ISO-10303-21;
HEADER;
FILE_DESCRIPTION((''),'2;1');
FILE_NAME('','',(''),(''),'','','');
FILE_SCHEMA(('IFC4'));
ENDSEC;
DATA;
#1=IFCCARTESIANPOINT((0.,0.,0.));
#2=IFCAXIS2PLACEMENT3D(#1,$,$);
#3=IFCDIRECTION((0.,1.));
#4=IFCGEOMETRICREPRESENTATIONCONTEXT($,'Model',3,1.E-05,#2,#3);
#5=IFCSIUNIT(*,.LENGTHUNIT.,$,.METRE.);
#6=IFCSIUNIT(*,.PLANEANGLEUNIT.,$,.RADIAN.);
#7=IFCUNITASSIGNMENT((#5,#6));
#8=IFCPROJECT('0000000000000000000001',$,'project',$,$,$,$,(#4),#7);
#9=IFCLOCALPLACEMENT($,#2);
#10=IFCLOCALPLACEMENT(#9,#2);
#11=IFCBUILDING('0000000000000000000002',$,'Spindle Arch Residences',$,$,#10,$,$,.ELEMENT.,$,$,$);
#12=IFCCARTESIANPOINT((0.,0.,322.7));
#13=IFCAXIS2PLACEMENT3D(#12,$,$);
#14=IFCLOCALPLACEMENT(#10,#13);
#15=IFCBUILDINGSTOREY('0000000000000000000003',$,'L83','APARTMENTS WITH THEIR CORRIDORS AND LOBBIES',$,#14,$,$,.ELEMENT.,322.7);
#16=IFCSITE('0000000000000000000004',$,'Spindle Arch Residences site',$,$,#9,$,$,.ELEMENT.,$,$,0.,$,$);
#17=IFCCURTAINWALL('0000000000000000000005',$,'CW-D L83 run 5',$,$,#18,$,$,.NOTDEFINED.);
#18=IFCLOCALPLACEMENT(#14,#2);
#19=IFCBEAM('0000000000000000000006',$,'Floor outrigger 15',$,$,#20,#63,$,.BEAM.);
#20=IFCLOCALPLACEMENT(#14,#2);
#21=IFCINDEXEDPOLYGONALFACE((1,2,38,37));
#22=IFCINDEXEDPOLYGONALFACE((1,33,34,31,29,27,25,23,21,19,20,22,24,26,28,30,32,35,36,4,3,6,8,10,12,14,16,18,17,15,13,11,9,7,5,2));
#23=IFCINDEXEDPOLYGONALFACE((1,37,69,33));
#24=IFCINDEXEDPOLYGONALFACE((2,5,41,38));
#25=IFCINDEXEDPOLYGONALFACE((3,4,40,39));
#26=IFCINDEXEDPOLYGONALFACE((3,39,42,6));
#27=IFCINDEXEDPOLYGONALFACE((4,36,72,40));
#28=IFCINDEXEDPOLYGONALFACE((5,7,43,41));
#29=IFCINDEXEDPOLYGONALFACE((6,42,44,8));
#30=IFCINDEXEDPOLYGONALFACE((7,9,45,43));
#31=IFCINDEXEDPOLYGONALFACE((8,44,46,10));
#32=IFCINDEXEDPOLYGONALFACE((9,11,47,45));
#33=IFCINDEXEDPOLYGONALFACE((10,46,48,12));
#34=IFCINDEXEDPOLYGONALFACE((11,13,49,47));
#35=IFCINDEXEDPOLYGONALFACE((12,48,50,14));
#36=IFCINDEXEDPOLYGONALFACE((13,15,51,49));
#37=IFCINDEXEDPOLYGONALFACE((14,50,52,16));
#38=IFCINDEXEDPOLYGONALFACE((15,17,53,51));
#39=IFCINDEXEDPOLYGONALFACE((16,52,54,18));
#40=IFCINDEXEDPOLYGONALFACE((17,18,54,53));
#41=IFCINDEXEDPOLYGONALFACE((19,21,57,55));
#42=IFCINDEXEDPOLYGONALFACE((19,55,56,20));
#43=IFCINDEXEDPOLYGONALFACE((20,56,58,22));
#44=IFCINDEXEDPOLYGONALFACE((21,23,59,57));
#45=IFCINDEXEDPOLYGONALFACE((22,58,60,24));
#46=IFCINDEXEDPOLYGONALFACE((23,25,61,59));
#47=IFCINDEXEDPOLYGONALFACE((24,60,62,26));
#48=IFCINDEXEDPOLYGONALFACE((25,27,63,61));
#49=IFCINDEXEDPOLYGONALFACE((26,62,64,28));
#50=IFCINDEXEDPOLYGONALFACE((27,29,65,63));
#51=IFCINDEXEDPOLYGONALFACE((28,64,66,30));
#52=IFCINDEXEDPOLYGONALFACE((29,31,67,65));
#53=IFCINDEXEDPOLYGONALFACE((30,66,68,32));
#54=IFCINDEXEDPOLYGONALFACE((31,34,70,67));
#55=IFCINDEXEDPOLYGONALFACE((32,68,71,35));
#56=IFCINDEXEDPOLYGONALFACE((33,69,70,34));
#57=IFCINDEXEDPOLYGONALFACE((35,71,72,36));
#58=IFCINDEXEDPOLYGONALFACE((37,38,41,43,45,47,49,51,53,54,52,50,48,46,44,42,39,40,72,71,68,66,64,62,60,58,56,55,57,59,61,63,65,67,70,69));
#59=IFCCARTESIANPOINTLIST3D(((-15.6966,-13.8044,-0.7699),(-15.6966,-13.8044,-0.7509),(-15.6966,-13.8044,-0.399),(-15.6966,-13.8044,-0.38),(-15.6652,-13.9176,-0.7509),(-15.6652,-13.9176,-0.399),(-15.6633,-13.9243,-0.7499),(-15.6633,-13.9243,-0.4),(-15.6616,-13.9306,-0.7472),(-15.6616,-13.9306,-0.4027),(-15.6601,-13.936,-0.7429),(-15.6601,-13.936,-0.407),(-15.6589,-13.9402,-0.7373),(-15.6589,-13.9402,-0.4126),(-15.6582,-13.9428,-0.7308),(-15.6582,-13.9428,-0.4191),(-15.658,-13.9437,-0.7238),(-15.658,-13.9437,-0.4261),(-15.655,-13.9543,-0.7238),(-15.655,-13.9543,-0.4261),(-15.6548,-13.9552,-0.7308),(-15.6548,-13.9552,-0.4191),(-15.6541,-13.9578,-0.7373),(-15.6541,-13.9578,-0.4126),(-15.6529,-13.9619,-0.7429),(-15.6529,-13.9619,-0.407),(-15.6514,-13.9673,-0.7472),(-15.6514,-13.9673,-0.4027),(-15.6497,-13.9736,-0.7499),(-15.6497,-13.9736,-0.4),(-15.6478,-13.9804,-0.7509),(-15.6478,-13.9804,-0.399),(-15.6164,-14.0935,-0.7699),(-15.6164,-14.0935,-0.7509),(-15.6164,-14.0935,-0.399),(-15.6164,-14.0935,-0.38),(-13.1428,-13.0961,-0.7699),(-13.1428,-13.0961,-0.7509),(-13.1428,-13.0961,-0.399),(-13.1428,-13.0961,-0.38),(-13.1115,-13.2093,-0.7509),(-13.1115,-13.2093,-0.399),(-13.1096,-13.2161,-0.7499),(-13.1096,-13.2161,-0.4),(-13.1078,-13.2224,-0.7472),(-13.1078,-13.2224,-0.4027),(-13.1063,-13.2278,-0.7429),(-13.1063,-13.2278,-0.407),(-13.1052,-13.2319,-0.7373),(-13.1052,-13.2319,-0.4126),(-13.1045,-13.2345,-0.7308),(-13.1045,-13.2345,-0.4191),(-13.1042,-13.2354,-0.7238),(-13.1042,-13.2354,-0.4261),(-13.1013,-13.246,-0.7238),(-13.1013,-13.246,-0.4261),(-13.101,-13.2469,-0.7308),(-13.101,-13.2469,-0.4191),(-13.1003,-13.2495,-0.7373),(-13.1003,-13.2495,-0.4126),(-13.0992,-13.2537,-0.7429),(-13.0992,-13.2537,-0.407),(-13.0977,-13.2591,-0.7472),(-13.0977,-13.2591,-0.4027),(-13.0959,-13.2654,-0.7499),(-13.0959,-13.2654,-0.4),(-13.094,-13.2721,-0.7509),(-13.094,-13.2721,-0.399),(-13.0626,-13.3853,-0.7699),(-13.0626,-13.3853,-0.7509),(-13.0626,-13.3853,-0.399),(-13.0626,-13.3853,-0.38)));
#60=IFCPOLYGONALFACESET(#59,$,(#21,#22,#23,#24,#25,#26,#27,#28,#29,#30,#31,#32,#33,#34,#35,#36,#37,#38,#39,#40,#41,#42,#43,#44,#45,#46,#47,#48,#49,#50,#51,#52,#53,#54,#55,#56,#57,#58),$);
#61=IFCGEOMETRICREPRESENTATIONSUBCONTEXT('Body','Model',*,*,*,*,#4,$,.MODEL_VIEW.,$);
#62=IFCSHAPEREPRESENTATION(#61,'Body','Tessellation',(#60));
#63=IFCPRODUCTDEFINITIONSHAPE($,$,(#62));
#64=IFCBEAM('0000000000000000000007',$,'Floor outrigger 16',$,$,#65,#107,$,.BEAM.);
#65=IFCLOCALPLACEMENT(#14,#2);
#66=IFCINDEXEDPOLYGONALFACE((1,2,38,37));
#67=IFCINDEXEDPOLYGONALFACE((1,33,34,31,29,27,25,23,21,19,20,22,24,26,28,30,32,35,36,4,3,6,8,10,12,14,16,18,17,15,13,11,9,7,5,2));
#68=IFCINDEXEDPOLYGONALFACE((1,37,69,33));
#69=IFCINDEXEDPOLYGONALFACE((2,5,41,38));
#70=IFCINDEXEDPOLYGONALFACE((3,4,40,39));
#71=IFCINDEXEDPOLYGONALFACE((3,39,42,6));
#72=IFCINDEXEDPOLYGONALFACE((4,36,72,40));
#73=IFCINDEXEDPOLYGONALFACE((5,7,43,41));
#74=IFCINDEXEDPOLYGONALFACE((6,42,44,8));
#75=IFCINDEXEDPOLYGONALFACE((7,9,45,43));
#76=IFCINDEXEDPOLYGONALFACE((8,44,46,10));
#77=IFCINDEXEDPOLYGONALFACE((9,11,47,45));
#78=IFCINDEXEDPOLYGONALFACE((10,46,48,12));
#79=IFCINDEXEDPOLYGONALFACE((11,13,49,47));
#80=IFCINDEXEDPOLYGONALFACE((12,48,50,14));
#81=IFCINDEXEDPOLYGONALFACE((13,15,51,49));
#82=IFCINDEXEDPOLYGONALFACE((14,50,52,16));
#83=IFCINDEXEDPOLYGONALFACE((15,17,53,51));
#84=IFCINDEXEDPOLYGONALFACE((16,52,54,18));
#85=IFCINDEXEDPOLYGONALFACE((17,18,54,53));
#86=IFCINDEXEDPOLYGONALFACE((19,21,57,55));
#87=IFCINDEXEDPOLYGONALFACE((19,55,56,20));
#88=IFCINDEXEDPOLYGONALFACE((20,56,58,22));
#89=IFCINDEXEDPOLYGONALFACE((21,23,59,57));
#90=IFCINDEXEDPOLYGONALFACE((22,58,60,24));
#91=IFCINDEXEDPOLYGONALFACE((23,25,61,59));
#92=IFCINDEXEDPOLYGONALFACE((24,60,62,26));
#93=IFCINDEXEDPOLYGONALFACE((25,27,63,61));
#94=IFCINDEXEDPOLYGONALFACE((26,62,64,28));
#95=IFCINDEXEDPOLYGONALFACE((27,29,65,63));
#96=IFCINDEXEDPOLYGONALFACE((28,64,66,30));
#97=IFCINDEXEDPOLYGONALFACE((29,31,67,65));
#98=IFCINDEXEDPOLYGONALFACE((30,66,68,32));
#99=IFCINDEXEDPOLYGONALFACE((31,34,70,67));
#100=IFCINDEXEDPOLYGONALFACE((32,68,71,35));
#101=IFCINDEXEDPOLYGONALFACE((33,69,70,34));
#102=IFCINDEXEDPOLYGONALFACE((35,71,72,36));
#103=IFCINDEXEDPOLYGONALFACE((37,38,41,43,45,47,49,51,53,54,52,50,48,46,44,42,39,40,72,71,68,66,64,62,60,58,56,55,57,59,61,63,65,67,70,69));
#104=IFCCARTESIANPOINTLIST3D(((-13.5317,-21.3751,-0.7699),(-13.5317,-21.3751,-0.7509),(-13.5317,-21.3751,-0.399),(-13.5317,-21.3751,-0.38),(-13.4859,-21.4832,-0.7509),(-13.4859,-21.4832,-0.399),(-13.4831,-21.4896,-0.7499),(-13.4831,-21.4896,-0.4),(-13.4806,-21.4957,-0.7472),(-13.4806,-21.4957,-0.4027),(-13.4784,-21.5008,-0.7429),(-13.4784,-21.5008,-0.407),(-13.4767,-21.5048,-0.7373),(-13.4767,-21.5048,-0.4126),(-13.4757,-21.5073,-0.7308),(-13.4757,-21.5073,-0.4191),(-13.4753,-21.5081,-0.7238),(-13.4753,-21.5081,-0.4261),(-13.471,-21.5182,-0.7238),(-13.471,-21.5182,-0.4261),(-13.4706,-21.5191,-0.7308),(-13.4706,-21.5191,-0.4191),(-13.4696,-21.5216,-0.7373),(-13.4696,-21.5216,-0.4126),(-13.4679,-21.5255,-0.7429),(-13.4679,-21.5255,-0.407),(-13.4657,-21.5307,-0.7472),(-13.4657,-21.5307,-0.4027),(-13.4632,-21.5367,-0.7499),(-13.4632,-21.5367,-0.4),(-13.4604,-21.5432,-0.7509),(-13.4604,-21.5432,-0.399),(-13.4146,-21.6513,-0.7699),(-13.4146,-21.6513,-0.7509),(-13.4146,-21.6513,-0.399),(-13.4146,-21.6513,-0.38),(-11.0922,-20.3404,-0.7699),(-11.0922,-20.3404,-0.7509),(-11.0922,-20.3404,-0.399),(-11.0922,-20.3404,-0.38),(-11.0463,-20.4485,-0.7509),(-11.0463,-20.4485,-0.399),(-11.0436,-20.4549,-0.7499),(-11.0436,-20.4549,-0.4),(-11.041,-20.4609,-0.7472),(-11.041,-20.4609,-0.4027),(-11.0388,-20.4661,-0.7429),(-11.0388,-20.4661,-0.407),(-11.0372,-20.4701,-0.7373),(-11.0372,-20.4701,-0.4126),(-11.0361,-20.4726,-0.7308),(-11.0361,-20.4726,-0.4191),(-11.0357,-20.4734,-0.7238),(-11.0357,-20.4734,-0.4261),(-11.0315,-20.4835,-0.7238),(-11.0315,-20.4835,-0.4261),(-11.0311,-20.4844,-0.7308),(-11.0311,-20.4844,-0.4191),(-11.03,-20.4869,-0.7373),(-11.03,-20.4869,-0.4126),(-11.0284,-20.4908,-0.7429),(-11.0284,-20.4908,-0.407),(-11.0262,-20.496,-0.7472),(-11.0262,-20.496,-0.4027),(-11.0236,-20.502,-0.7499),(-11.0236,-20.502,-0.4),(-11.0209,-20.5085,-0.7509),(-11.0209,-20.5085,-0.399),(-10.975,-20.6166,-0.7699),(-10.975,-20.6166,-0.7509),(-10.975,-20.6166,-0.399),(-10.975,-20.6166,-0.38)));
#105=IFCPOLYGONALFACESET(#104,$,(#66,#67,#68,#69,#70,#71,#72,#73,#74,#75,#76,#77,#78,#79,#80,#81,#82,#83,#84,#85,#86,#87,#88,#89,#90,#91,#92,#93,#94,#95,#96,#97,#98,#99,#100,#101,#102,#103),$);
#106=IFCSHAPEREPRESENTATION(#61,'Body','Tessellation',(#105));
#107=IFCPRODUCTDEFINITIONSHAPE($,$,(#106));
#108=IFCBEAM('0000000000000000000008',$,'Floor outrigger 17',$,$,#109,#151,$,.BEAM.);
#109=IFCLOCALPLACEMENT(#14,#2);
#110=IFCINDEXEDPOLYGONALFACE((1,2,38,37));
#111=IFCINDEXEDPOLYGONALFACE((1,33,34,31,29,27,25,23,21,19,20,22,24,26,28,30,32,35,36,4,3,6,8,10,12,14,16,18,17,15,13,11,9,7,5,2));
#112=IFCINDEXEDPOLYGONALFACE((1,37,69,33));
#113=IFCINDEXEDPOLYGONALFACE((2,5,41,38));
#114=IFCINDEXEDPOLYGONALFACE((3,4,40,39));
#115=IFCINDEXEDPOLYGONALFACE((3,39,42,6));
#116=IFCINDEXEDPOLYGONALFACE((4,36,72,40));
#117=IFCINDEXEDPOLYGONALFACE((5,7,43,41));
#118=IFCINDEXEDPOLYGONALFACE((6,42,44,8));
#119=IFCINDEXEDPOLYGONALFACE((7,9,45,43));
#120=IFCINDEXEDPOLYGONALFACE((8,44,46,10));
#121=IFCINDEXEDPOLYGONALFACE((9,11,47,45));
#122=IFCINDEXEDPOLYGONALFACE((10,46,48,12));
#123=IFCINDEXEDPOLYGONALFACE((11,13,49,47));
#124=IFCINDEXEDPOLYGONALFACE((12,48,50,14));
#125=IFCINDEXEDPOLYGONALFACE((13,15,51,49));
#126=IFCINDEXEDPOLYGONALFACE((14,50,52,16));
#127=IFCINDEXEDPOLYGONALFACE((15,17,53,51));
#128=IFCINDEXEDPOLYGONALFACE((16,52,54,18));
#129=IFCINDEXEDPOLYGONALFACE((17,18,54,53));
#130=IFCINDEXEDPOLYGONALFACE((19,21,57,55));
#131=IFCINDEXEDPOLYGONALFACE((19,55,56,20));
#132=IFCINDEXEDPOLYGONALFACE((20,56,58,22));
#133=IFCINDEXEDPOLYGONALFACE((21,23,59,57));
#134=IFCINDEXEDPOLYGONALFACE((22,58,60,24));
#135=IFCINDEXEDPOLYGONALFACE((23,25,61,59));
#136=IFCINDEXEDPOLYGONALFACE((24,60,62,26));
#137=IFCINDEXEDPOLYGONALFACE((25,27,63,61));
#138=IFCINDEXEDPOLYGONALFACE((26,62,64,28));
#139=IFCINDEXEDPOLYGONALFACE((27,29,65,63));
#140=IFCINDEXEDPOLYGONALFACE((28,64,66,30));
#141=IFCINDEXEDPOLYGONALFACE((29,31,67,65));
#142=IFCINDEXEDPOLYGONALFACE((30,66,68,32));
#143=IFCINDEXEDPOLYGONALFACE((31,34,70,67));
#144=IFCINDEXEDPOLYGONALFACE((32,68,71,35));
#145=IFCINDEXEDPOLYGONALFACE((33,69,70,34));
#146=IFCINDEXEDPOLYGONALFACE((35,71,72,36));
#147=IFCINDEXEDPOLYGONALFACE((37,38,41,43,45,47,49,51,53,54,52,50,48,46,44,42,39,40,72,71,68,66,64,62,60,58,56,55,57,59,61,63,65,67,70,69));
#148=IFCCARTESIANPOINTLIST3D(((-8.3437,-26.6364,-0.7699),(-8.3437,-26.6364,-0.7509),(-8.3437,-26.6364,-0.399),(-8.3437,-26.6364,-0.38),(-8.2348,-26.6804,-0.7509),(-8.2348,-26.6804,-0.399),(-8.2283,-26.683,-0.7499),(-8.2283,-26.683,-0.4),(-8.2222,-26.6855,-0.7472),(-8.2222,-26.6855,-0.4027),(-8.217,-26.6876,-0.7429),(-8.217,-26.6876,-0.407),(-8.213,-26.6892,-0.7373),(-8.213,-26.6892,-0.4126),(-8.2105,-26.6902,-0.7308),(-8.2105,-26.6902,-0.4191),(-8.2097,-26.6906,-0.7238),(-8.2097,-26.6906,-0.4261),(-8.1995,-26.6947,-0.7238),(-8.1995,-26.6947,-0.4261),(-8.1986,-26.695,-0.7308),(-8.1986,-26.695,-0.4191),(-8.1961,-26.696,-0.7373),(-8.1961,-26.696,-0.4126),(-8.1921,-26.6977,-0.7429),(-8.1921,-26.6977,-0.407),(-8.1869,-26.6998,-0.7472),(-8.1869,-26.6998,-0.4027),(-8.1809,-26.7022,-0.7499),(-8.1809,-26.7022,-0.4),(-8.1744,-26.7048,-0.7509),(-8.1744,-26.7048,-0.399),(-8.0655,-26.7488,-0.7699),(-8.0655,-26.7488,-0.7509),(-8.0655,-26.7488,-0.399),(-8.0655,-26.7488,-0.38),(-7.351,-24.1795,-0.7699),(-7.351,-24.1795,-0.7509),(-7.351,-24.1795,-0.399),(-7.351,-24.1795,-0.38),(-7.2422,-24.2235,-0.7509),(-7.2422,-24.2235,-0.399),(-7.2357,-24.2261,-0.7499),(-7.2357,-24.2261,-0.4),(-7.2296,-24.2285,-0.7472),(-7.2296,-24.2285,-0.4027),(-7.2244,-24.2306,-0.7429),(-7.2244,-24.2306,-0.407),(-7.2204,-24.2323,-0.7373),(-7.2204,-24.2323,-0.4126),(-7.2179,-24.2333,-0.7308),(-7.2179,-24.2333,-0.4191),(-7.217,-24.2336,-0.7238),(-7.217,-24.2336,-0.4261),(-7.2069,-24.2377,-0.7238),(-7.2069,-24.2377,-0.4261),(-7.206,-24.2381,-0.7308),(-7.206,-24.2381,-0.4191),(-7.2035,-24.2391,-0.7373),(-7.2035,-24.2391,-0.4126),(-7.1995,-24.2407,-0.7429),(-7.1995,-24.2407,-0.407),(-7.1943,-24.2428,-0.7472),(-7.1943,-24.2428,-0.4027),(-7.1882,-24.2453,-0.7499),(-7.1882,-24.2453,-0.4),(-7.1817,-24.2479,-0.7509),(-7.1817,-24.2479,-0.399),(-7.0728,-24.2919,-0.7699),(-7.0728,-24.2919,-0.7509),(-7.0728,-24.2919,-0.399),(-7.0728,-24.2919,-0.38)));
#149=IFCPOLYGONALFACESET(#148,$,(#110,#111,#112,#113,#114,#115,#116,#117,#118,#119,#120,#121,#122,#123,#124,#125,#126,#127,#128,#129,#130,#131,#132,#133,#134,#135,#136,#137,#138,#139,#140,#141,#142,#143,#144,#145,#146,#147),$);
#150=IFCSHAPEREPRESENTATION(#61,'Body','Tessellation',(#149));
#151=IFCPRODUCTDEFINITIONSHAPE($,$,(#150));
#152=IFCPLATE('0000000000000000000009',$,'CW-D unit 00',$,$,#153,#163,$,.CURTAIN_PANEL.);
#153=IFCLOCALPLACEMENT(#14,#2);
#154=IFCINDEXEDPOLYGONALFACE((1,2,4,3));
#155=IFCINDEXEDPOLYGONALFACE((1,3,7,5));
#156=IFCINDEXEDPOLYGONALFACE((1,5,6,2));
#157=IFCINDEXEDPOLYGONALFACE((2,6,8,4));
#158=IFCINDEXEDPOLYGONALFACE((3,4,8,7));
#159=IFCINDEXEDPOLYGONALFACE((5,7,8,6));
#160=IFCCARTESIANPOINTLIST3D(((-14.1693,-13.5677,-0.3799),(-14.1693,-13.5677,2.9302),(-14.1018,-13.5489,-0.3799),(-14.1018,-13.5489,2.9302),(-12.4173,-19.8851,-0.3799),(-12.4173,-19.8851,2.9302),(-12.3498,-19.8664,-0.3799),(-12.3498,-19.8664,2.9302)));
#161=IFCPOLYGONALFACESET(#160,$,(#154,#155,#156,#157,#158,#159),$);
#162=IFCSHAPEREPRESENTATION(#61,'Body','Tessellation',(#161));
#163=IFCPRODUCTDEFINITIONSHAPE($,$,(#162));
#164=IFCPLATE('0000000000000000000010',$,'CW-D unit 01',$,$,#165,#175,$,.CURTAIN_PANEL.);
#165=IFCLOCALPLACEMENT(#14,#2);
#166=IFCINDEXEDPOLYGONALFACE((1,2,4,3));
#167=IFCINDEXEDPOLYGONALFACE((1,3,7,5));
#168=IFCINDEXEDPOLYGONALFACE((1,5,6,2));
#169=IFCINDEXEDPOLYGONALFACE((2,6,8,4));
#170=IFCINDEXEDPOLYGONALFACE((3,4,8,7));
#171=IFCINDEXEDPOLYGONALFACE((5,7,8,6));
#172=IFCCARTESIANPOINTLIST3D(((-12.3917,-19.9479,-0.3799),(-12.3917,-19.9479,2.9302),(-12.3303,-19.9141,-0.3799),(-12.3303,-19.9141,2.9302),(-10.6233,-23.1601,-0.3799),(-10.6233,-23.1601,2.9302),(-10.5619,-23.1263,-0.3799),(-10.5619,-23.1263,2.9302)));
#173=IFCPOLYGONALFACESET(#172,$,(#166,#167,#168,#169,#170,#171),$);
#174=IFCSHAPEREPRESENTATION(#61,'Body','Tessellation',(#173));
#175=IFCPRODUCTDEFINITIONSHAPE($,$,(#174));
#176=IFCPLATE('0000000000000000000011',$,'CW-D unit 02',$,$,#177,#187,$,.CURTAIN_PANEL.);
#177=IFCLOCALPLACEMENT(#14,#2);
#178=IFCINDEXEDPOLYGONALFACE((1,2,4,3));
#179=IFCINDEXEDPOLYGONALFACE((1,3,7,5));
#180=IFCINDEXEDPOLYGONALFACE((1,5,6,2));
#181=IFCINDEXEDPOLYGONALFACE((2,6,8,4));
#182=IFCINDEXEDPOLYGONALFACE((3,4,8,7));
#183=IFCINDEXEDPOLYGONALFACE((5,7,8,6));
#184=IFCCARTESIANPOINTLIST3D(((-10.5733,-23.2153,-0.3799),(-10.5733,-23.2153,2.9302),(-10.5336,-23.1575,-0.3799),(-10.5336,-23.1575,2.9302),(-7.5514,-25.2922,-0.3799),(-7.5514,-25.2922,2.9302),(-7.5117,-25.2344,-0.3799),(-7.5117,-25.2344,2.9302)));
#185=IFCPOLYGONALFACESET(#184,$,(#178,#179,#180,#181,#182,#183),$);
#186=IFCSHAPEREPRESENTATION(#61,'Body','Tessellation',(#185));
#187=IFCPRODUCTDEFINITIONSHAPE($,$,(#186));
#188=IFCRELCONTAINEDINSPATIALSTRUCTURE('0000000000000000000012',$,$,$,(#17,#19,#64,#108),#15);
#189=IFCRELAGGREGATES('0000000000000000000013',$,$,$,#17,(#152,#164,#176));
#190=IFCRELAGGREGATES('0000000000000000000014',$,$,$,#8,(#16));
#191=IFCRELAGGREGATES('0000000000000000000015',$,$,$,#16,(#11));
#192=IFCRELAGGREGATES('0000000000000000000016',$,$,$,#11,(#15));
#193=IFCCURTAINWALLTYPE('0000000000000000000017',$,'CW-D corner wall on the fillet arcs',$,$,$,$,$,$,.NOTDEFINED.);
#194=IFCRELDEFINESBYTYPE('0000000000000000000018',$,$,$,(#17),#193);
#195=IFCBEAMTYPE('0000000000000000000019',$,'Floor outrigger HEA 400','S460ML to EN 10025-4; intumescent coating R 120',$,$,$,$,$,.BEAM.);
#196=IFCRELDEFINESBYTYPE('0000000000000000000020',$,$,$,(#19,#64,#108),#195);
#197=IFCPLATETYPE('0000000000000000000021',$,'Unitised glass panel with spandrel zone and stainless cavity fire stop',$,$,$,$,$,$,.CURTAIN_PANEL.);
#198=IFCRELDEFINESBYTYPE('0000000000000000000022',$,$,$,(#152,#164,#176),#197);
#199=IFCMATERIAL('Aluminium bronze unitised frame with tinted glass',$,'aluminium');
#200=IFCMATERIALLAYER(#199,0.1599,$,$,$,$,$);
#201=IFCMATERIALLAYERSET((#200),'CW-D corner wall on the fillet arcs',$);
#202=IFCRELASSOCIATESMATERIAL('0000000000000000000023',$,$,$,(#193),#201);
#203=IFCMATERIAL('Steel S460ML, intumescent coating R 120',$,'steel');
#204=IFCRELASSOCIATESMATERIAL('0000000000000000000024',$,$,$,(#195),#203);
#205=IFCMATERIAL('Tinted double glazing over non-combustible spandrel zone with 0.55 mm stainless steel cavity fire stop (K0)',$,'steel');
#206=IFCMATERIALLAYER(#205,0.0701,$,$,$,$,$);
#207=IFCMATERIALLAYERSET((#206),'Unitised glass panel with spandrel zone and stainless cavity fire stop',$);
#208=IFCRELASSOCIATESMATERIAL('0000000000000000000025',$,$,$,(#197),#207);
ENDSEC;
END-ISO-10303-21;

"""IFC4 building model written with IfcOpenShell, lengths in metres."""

from ifc_helpers import new_model, si_unit, direction, frame, origin, origin_2d, place, context, subcontext, project, spatial, rectangle, i_section, extrude, material, layer, layer_set, material_profile, profile_set, type_object, element, aggregate, save


model = new_model("IFC4")

# Units and contexts
model_context = context("Model", 3, precision=1e-05, world=origin(), true_north=direction((0.0, 1.0)))
body_context = subcontext(model_context, "Body", "Model", "MODEL_VIEW")
ifc_project = project(units=[si_unit("LENGTHUNIT", "METRE"), si_unit("PLANEANGLEUNIT", "RADIAN")], contexts=[model_context])

# Site, building, storey
site_placement = place(None, origin())
site = spatial("IfcSite", under=ifc_project, at=site_placement, Name="Spindle Arch Residences site", CompositionType="ELEMENT", RefElevation=0.0)
building_placement = place(site_placement, origin())
building = spatial("IfcBuilding", under=site, at=building_placement, Name="Spindle Arch Residences", CompositionType="ELEMENT")
storey_placement = place(building_placement, frame((0.0, 0.0, 322.7)))
storey = spatial("IfcBuildingStorey", under=building, at=storey_placement, Name="L83", Description="APARTMENTS WITH THEIR CORRIDORS AND LOBBIES", CompositionType="ELEMENT", Elevation=322.7)

# Curtain wall
ifc_material_1 = material(Name="Aluminium bronze unitised frame with tinted glass", Category="aluminium")
ifc_layer_1 = layer(ifc_material_1, 0.1599)
ifc_layer_set_1 = layer_set([ifc_layer_1], Name="CW-D corner wall on the fillet arcs")
curtain_wall_type = type_object("IfcCurtainWallType", Name="CW-D corner wall on the fillet arcs", PredefinedType="NOTDEFINED", material=ifc_layer_set_1)
curtain_wall_placement = place(storey_placement, origin())
curtain_wall = element("IfcCurtainWall", 1, at=curtain_wall_placement, inside=storey, type_object=curtain_wall_type, Name="CW-D L83 run 5", PredefinedType="NOTDEFINED")

# Beams
ifc_material_2 = material(Name="Steel S460ML, intumescent coating R 120", Category="steel")
ifc_material_profile_1 = material_profile(ifc_material_2, i_section(OverallWidth=0.3, OverallDepth=0.3899, WebThickness=0.011, FlangeThickness=0.019, FilletRadius=0.0271, at=origin_2d()), Name="HEA 400")
ifc_profile_set_1 = profile_set([ifc_material_profile_1], Name="Steel S460ML, intumescent coating R 120")
beam_type_1 = type_object("IfcBeamType", Name="Floor outrigger HEA 400", Description="S460ML to EN 10025-4; intumescent coating R 120", PredefinedType="BEAM", material=ifc_profile_set_1)
beam_1_placement = place(storey_placement, frame((-15.6565, -13.949, -0.575), z_axis=(0.963626, 0.267254, 0.0), x_axis=(-0.267254, 0.963626, 0.0)))
element("IfcBeam", 2, at=beam_1_placement, inside=storey, type_object=beam_type_1, Name="Floor outrigger 15", PredefinedType="BEAM", context=body_context, shape_type="SweptSolid", body=[
    extrude(i_section(OverallWidth=0.3, OverallDepth=0.3899, WebThickness=0.011, FlangeThickness=0.019, FilletRadius=0.0271, at=origin_2d()), origin(), (0.0, 0.0, 1.0), 2.6501),
])
for number, where, z_axis, x_axis, name in (
    (3, (-13.4731, -21.5132, -0.575), (0.920616, 0.390469, 0.0), (-0.390469, 0.920616, 0.0), "Floor outrigger 16"),
    (4, (-8.2046, -26.6926, -0.575), (0.374597, 0.927188, 0.0), (-0.927188, 0.374597, 0.0), "Floor outrigger 17"),
):
    element("IfcBeam", number, at=place(storey_placement, frame(where, z_axis=z_axis, x_axis=x_axis)), inside=storey, type_object=beam_type_1, Name=name, PredefinedType="BEAM", context=body_context, shape_type="SweptSolid", body=[
        extrude(i_section(OverallWidth=0.3, OverallDepth=0.3899, WebThickness=0.011, FlangeThickness=0.019, FilletRadius=0.0271, at=origin_2d()), origin(), (0.0, 0.0, 1.0), 2.6499),
    ])

# Plates
ifc_material_3 = material(Name="Tinted double glazing over non-combustible spandrel zone with 0.55 mm stainless steel cavity fire stop (K0)", Category="steel")
ifc_layer_2 = layer(ifc_material_3, 0.0701)
ifc_layer_set_2 = layer_set([ifc_layer_2], Name="Unitised glass panel with spandrel zone and stainless cavity fire stop")
plate_type = type_object("IfcPlateType", Name="Unitised glass panel with spandrel zone and stainless cavity fire stop", PredefinedType="CURTAIN_PANEL", material=ifc_layer_set_2)
plate_1_placement = place(storey_placement, frame((-13.2595, -16.717, -0.3799), z_axis=(0.0, 0.0, 1.0), x_axis=(0.267238, -0.96363, 0.0)))
plate_1 = element("IfcPlate", 5, at=plate_1_placement, type_object=plate_type, Name="CW-D unit 00", PredefinedType="CURTAIN_PANEL", context=body_context, shape_type="SweptSolid", body=[
    extrude(rectangle(XDim=6.5559, YDim=0.0701, at=origin_2d()), origin(), (0.0, 0.0, 1.0), 3.3101),
])
plate_2_placement = place(storey_placement, frame((-11.4768, -21.5371, -0.3799), z_axis=(0.0, 0.0, 1.0), x_axis=(0.482263, -0.876026, 0.0)))
plate_2 = element("IfcPlate", 6, at=plate_2_placement, type_object=plate_type, Name="CW-D unit 01", PredefinedType="CURTAIN_PANEL", context=body_context, shape_type="SweptSolid", body=[
    extrude(rectangle(XDim=3.6667, YDim=0.0701, at=origin_2d()), origin(), (0.0, 0.0, 1.0), 3.3101),
])
plate_3_placement = place(storey_placement, frame((-9.0425, -24.2249, -0.3799), z_axis=(0.0, 0.0, 1.0), x_axis=(0.824126, -0.566406, 0.0)))
plate_3 = element("IfcPlate", 7, at=plate_3_placement, type_object=plate_type, Name="CW-D unit 02", PredefinedType="CURTAIN_PANEL", context=body_context, shape_type="SweptSolid", body=[
    extrude(rectangle(XDim=3.6667, YDim=0.0701, at=origin_2d()), origin(), (0.0, 0.0, 1.0), 3.3101),
])
aggregate(curtain_wall, [plate_1, plate_2, plate_3])

save(model, "model.ifc")
